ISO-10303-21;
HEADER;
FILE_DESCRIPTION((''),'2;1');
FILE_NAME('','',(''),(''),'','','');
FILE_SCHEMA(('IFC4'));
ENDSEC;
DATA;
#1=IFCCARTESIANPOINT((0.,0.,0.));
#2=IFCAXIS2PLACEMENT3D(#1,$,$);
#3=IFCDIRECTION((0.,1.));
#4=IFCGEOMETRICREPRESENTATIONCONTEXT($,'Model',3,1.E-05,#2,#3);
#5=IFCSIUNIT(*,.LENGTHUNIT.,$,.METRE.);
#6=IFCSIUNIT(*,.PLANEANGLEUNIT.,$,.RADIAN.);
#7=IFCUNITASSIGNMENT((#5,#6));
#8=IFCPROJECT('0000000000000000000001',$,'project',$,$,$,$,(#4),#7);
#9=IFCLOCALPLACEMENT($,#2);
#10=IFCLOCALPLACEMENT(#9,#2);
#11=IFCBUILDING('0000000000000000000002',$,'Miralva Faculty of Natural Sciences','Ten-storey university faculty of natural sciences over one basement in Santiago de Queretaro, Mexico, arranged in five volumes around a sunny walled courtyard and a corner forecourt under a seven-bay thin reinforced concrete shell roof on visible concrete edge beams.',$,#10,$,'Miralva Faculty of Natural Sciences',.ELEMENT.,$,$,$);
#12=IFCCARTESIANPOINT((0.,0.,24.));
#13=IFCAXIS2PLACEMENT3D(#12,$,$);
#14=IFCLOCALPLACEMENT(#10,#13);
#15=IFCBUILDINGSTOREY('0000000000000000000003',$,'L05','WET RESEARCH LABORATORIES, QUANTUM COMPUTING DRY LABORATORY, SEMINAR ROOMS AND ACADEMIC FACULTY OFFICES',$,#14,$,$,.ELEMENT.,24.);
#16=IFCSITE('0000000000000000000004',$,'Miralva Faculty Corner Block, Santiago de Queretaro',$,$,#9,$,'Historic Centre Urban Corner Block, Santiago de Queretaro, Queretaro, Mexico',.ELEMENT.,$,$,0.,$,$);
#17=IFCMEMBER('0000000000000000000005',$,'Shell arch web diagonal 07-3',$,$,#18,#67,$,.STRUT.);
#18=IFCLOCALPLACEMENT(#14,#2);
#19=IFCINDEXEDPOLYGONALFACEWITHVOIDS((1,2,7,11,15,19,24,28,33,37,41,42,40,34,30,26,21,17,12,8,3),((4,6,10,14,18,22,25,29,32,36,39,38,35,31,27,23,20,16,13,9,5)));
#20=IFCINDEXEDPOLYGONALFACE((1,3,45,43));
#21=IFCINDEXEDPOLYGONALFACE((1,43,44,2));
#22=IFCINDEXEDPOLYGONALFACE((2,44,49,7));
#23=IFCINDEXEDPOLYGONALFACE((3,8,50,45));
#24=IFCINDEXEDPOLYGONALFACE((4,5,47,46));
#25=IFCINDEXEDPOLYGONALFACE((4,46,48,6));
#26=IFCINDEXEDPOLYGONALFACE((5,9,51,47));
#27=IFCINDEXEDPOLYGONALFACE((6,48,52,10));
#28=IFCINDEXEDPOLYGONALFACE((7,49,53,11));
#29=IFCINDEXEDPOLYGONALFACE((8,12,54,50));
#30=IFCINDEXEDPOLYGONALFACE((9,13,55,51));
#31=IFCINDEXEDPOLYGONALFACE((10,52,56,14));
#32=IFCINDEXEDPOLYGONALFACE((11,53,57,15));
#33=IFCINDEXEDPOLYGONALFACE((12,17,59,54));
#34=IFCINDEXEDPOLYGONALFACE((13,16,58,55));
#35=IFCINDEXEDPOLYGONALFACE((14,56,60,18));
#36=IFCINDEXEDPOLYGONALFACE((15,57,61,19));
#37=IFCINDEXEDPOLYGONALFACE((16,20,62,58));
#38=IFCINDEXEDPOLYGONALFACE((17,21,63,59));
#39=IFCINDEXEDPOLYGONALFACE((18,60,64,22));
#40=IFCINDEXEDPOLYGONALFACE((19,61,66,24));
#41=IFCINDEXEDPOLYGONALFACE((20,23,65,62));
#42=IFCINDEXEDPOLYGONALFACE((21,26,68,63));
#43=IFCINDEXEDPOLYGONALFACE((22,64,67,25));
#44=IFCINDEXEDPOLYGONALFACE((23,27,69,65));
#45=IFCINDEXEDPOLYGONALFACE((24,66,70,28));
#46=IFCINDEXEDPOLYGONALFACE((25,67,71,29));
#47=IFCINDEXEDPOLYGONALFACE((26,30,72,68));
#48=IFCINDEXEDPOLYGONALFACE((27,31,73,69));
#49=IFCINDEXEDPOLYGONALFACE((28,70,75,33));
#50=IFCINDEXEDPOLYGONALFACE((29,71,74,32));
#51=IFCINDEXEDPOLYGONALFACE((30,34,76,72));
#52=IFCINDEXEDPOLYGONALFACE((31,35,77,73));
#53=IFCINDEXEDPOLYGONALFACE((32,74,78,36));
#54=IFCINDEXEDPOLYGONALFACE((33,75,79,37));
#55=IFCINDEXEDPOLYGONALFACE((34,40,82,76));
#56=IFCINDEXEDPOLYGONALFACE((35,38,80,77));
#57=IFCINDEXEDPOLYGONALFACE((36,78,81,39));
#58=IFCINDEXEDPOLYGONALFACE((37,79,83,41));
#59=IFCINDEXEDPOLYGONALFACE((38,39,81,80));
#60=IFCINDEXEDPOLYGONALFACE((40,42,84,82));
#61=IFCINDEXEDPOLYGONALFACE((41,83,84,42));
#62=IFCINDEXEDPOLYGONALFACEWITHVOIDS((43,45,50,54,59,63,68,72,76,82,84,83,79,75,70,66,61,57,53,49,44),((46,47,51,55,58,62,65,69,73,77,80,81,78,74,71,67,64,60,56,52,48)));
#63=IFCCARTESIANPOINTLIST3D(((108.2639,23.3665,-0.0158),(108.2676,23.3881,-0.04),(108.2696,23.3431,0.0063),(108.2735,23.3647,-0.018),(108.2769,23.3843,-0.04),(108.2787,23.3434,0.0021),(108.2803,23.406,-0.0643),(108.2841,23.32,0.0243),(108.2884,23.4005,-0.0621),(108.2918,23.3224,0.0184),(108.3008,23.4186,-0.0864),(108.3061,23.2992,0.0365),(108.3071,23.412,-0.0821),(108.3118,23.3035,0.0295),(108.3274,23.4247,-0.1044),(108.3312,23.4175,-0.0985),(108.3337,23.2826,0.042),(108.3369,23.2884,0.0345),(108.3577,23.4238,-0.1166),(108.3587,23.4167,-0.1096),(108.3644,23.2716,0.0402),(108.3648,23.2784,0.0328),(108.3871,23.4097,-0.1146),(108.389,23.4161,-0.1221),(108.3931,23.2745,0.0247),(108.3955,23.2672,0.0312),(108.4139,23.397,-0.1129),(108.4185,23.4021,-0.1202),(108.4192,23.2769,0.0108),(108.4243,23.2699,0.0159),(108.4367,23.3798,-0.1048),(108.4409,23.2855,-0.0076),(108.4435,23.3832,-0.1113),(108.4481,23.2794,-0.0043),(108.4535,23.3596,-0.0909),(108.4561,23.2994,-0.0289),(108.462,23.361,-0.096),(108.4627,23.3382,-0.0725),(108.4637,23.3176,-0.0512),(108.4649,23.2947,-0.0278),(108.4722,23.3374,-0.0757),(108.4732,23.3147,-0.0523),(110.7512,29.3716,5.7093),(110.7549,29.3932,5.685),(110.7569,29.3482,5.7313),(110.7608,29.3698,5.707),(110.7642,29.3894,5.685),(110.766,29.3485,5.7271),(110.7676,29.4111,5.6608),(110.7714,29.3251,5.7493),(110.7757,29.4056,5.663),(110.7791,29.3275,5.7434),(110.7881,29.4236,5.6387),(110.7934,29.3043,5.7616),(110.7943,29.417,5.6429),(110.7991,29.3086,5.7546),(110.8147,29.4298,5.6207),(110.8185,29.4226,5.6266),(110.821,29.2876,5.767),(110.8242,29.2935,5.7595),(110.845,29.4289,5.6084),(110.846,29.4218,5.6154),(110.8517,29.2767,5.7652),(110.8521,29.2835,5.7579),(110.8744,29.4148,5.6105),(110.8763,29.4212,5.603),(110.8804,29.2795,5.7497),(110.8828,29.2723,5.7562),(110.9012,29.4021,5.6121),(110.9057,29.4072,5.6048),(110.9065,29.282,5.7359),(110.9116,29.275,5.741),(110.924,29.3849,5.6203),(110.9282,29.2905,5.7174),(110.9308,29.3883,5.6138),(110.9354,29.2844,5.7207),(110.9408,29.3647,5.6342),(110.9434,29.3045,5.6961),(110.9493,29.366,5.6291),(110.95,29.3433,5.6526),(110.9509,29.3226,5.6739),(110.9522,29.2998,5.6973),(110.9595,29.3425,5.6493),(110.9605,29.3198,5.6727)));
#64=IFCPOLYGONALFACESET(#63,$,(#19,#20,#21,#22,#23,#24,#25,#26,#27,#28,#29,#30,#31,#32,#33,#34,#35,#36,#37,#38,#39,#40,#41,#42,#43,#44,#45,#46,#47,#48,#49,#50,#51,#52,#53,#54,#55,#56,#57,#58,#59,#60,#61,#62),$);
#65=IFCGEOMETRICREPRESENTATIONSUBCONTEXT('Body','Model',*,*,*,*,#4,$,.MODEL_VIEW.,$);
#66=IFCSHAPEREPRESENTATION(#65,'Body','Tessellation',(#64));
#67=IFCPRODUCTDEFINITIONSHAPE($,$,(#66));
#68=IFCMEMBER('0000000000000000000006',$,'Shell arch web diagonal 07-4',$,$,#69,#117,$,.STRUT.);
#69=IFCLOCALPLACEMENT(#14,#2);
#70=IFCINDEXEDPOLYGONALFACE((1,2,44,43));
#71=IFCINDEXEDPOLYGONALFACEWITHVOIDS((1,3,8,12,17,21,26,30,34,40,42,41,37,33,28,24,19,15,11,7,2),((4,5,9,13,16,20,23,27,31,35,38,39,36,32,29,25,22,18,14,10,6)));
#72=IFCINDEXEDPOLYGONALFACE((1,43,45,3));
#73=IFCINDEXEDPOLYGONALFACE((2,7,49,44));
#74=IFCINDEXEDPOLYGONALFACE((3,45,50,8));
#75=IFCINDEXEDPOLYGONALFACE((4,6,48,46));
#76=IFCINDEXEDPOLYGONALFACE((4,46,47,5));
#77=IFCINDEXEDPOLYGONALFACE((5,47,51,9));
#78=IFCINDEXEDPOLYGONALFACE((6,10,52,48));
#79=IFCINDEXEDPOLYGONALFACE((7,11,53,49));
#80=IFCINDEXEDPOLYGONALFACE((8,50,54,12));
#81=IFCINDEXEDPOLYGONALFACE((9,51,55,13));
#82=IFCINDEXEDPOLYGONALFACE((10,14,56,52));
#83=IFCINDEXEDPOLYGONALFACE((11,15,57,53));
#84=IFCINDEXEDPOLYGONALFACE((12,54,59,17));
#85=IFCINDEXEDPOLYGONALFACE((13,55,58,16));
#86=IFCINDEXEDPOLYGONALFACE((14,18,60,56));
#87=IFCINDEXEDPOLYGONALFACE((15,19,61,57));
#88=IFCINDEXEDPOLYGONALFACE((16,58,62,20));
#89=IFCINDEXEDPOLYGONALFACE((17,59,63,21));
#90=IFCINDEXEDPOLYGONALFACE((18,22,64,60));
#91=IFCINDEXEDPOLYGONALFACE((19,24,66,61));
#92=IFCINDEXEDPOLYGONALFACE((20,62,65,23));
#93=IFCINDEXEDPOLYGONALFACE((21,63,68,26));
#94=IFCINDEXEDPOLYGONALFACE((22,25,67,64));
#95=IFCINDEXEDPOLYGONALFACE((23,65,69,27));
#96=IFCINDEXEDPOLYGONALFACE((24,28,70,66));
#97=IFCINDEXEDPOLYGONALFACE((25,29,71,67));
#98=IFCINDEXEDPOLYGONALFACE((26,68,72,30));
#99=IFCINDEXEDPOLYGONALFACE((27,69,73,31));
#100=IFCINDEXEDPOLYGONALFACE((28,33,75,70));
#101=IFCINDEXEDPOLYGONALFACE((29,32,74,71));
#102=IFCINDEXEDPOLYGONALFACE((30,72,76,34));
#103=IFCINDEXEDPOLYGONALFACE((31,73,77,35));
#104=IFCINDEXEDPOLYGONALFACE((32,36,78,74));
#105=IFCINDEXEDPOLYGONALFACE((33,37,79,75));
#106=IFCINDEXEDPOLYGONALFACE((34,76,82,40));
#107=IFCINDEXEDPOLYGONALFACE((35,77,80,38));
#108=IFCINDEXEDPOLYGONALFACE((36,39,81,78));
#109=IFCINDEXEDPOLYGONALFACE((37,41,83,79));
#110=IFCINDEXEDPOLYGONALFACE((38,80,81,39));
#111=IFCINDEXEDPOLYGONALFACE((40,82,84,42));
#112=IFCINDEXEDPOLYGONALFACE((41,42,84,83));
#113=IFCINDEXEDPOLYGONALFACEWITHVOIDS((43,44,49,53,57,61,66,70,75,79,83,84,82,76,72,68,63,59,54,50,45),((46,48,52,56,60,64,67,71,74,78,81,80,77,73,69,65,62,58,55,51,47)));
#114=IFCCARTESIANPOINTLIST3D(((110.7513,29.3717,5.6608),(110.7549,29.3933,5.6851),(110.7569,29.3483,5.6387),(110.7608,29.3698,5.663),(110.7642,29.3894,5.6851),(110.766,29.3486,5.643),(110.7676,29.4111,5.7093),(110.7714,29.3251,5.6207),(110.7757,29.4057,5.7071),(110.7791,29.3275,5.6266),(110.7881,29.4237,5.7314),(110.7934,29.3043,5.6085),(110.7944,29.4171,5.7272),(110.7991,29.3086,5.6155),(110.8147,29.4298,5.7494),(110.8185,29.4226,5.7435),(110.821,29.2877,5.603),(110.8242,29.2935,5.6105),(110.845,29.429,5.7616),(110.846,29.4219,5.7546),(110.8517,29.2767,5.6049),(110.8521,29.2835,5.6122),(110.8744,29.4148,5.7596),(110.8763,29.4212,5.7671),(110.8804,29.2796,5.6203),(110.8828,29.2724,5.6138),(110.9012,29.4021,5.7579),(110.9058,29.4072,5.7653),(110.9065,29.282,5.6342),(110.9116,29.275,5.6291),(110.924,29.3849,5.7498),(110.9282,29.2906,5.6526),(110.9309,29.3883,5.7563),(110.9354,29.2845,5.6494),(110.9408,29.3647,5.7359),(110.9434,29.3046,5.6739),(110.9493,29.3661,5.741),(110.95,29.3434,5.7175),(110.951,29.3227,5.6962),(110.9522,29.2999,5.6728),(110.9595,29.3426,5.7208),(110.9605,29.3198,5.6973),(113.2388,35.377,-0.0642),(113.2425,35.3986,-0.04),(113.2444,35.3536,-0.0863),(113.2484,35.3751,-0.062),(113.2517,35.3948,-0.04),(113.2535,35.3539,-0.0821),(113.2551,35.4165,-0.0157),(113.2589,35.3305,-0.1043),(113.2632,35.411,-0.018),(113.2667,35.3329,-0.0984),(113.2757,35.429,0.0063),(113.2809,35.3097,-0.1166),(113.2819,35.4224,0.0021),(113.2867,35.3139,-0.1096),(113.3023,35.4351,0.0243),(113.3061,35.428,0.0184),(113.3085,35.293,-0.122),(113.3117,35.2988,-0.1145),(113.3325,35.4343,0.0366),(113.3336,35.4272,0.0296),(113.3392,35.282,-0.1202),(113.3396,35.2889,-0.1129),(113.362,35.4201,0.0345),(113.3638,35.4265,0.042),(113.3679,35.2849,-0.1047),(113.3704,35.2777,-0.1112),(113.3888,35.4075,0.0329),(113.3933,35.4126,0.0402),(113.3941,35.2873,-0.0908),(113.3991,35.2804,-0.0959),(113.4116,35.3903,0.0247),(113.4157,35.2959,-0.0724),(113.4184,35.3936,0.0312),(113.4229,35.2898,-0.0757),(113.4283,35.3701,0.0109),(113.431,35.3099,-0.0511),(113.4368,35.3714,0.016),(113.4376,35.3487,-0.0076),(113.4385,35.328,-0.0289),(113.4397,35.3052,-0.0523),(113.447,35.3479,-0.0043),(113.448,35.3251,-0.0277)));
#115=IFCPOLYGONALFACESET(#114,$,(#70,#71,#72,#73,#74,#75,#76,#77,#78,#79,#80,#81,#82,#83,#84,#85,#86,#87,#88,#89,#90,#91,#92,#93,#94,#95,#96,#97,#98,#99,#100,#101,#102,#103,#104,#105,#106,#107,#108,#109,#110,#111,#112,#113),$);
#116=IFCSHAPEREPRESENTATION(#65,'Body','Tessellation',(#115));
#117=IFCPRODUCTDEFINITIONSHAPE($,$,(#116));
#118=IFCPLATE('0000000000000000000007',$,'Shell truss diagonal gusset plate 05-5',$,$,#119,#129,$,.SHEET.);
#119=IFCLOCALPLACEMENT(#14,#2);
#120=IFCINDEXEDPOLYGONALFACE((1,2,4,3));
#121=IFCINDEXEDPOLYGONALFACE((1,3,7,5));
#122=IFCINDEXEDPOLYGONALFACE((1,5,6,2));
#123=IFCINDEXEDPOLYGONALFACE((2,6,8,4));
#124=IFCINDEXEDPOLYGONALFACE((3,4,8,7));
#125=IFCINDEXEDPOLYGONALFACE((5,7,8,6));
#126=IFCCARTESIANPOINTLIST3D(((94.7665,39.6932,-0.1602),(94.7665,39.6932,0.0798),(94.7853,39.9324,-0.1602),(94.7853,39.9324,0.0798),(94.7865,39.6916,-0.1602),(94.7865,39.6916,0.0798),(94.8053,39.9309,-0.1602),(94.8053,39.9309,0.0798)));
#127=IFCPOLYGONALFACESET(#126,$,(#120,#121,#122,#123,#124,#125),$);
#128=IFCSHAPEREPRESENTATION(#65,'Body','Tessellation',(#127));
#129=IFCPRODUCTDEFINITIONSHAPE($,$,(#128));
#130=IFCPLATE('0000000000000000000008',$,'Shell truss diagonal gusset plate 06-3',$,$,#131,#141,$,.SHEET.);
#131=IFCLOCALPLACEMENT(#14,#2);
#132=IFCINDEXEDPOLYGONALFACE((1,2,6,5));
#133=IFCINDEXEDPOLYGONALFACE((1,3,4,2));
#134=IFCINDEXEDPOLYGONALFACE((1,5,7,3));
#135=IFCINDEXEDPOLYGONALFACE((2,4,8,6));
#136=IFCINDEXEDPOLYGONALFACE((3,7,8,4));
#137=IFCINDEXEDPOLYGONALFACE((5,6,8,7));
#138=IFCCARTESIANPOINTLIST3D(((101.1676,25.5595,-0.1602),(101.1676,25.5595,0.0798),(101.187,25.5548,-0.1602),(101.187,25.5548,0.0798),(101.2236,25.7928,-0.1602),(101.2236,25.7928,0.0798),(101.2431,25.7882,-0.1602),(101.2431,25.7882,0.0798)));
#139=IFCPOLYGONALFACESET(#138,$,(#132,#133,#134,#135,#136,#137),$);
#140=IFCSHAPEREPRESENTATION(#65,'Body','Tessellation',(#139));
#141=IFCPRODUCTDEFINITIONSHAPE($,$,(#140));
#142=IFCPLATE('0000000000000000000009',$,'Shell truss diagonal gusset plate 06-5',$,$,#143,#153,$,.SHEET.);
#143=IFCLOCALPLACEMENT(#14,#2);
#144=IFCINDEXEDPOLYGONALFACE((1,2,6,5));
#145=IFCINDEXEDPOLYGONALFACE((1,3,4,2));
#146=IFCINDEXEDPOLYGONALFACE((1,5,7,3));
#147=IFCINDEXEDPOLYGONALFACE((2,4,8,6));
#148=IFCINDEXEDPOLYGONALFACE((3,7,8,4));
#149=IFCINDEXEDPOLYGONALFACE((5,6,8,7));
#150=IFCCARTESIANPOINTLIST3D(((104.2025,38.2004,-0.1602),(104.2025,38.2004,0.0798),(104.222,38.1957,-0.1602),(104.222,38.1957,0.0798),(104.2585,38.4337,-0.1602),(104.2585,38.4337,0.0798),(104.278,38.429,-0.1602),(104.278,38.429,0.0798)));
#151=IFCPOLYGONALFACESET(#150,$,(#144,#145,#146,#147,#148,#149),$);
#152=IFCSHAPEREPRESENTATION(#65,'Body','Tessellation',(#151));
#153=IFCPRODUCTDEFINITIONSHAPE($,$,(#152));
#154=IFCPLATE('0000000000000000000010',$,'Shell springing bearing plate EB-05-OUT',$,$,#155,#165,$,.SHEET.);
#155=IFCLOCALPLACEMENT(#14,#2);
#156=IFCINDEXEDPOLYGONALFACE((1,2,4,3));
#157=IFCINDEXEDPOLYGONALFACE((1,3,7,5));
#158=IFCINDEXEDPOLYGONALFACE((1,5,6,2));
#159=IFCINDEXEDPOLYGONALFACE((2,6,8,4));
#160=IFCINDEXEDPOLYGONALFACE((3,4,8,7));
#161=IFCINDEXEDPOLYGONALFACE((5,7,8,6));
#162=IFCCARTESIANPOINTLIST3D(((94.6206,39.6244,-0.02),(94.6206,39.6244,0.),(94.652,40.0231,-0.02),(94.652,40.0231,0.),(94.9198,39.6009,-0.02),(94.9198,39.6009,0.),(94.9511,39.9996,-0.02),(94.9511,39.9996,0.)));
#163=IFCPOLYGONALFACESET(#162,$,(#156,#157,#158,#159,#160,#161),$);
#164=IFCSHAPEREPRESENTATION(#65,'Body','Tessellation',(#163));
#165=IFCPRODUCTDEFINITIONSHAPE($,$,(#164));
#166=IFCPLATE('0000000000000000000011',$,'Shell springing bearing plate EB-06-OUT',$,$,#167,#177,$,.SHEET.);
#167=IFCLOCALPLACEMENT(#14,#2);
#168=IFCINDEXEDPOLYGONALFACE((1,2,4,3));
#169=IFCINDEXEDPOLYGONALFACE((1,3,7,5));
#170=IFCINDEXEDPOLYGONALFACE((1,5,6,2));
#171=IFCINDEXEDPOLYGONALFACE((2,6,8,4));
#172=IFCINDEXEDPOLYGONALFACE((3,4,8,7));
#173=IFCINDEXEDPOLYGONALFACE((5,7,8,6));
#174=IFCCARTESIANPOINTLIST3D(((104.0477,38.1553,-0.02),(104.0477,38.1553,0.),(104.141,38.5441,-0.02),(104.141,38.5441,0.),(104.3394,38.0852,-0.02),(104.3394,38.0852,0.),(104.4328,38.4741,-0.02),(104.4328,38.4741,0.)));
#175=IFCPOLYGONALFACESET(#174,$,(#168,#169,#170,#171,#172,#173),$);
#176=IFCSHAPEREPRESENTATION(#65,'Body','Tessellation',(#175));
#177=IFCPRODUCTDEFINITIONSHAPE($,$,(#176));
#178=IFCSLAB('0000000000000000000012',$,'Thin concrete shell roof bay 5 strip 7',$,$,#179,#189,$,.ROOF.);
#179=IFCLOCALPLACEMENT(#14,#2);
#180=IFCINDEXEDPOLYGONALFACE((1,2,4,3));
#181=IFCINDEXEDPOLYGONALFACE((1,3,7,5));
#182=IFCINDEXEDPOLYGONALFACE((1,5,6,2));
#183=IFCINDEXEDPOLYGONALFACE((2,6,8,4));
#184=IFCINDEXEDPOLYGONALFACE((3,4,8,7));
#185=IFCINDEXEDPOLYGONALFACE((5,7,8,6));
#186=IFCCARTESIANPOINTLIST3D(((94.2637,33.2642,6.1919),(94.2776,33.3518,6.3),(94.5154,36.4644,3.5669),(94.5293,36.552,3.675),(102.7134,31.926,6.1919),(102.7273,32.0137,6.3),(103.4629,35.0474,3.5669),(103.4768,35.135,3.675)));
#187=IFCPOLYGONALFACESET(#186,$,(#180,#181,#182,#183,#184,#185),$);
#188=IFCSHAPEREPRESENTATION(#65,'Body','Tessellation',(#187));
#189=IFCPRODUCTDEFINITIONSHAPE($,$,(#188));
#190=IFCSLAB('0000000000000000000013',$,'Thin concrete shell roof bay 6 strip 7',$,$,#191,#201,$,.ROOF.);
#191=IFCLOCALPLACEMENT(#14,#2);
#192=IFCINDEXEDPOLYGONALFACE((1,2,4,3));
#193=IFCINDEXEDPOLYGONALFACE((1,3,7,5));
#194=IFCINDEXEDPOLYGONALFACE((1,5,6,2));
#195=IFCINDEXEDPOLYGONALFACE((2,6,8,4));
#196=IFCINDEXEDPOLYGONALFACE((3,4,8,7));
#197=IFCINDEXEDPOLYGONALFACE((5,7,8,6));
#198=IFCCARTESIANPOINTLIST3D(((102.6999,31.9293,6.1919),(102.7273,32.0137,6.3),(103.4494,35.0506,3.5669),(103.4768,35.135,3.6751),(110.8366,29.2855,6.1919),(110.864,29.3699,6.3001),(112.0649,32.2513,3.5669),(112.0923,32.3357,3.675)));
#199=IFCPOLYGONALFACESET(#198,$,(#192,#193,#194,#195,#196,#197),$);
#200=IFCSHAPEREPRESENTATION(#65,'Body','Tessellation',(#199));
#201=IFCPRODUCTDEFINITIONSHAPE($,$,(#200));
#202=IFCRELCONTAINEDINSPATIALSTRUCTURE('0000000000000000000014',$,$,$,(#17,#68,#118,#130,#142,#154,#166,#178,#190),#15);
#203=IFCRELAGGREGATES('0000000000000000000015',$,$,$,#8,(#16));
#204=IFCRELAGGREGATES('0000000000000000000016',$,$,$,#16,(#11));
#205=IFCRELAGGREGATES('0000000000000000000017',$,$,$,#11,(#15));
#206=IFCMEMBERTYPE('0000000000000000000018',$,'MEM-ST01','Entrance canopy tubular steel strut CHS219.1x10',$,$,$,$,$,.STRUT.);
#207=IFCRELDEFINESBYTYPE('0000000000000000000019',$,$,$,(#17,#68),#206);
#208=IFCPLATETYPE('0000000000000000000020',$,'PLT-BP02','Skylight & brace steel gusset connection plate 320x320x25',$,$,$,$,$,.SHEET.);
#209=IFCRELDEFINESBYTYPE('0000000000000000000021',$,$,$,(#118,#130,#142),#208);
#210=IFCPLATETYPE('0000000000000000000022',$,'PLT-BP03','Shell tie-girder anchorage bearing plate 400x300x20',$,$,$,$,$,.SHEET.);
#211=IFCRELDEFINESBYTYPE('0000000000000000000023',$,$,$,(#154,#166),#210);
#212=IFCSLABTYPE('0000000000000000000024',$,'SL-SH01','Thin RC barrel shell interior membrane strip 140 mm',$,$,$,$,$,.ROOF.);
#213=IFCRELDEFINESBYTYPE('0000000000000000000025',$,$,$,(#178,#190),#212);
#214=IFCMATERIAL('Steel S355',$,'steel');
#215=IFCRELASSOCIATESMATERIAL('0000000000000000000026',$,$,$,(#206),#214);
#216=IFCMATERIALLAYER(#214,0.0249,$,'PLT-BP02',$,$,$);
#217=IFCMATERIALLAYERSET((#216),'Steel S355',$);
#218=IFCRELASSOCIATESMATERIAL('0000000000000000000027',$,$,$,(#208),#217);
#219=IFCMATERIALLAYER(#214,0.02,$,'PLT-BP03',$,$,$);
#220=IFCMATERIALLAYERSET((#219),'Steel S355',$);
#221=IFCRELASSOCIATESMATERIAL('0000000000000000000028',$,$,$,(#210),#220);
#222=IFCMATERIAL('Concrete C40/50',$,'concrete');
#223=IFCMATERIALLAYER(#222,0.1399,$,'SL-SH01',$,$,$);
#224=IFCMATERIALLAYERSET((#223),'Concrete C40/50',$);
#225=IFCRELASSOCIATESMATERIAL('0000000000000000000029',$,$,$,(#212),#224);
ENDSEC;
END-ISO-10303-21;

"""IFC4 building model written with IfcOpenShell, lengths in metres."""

from ifc_helpers import new_model, si_unit, direction, frame, origin, origin_2d, place, context, subcontext, project, spatial, polyline, rectangle, hollow_circle, outline, extrude, material, layer, layer_set, material_profile, profile_set, type_object, element, save


model = new_model("IFC4")

# Units and contexts
model_context = context("Model", 3, precision=1e-05, world=origin(), true_north=direction((0.0, 1.0)))
body_context = subcontext(model_context, "Body", "Model", "MODEL_VIEW")
ifc_project = project(units=[si_unit("LENGTHUNIT", "METRE"), si_unit("PLANEANGLEUNIT", "RADIAN")], contexts=[model_context])

# Site, building, storey
site_placement = place(None, origin())
site = spatial("IfcSite", under=ifc_project, at=site_placement, Name="Miralva Faculty Corner Block, Santiago de Queretaro", LongName="Historic Centre Urban Corner Block, Santiago de Queretaro, Queretaro, Mexico", CompositionType="ELEMENT", RefElevation=0.0)
building_placement = place(site_placement, origin())
building = spatial("IfcBuilding", under=site, at=building_placement, Name="Miralva Faculty of Natural Sciences", Description="Ten-storey university faculty of natural sciences over one basement in Santiago de Queretaro, Mexico, arranged in five volumes around a sunny walled courtyard and a corner forecourt under a seven-bay thin reinforced concrete shell roof on visible concrete edge beams.", LongName="Miralva Faculty of Natural Sciences", CompositionType="ELEMENT")
storey_placement = place(building_placement, frame((0.0, 0.0, 24.0)))
storey = spatial("IfcBuildingStorey", under=building, at=storey_placement, Name="L05", Description="WET RESEARCH LABORATORIES, QUANTUM COMPUTING DRY LABORATORY, SEMINAR ROOMS AND ACADEMIC FACULTY OFFICES", CompositionType="ELEMENT", Elevation=24.0)

# Shared definitions
ifc_material_1 = material(Name="Concrete C40/50", Category="concrete")
ifc_material_2 = material(Name="Steel S355", Category="steel")

# Members
ifc_material_profile_1 = material_profile(ifc_material_2, hollow_circle(Radius=0.1096, WallThickness=0.01, at=origin_2d()), Name="CHS 219.1x10")
ifc_profile_set_1 = profile_set([ifc_material_profile_1], Name="Steel S355")
member_type_1 = type_object("IfcMemberType", Name="MEM-ST01", Description="Entrance canopy tubular steel strut CHS219.1x10", PredefinedType="STRUT", material=ifc_profile_set_1)
member_1_placement = place(storey_placement, frame((108.3689, 23.3462, -0.04), z_axis=(0.287161, 0.693297, 0.660967), x_axis=(-0.923885, 0.38267, 0.0)))
element("IfcMember", 1, at=member_1_placement, inside=storey, type_object=member_type_1, Name="Shell arch web diagonal 07-3", PredefinedType="STRUT", context=body_context, shape_type="SweptSolid", body=[
    extrude(hollow_circle(Radius=0.1096, WallThickness=0.01, at=origin_2d()), origin(), (0.0, 0.0, 1.0), 8.6616),
])
member_2_placement = place(storey_placement, frame((110.8562, 29.3513, 5.6851), z_axis=(0.287182, 0.693306, -0.660949), x_axis=(-0.923877, 0.382689, 0.0)))
element("IfcMember", 2, at=member_2_placement, inside=storey, type_object=member_type_1, Name="Shell arch web diagonal 07-4", PredefinedType="STRUT", context=body_context, shape_type="SweptSolid", body=[
    extrude(hollow_circle(Radius=0.1096, WallThickness=0.01, at=origin_2d()), origin(), (0.0, 0.0, 1.0), 8.6619),
])

# Plates
ifc_layer_1 = layer(ifc_material_2, 0.0249, Name="PLT-BP02")
ifc_layer_set_1 = layer_set([ifc_layer_1], Name="Steel S355")
plate_type_1 = type_object("IfcPlateType", Name="PLT-BP02", Description="Skylight & brace steel gusset connection plate 320x320x25", PredefinedType="SHEET", material=ifc_layer_set_1)
for number, where, z_axis, x_axis, name in (
    (3, (94.7859, 39.812, -0.1602), (0.0, 0.0, 1.0), (0.078459, 0.996917, 0.0), "Shell truss diagonal gusset plate 05-5"),
    (4, (101.2053, 25.6738, -0.1602), (0.0, 0.0, 1.0), (0.233445, 0.97237, 0.0), "Shell truss diagonal gusset plate 06-3"),
    (5, (104.2402, 38.3147, -0.1602), (0.0, 0.0, 1.0), (0.233445, 0.97237, 0.0), "Shell truss diagonal gusset plate 06-5"),
):
    element("IfcPlate", number, at=place(storey_placement, frame(where, z_axis=z_axis, x_axis=x_axis)), inside=storey, type_object=plate_type_1, Name=name, PredefinedType="SHEET", context=body_context, shape_type="SweptSolid", body=[
        extrude(rectangle(XDim=0.24, YDim=0.02, at=origin_2d()), origin(), (0.0, 0.0, 1.0), 0.24),
    ])
ifc_layer_2 = layer(ifc_material_2, 0.02, Name="PLT-BP03")
ifc_layer_set_2 = layer_set([ifc_layer_2], Name="Steel S355")
plate_type_2 = type_object("IfcPlateType", Name="PLT-BP03", Description="Shell tie-girder anchorage bearing plate 400x300x20", PredefinedType="SHEET", material=ifc_layer_set_2)
for number, where, z_axis, x_axis, name in (
    (6, (94.7859, 39.812, -0.02), (0.0, 0.0, 1.0), (0.078459, 0.996917, 0.0), "Shell springing bearing plate EB-05-OUT"),
    (7, (104.2402, 38.3147, -0.02), (0.0, 0.0, 1.0), (0.233445, 0.97237, 0.0), "Shell springing bearing plate EB-06-OUT"),
):
    element("IfcPlate", number, at=place(storey_placement, frame(where, z_axis=z_axis, x_axis=x_axis)), inside=storey, type_object=plate_type_2, Name=name, PredefinedType="SHEET", context=body_context, shape_type="SweptSolid", body=[
        extrude(rectangle(XDim=0.3999, YDim=0.3, at=origin_2d()), origin(), (0.0, 0.0, 1.0), 0.02),
    ])

# Slabs
ifc_layer_3 = layer(ifc_material_1, 0.1399, Name="SL-SH01")
ifc_layer_set_3 = layer_set([ifc_layer_3], Name="Concrete C40/50")
slab_type_1 = type_object("IfcSlabType", Name="SL-SH01", Description="Thin RC barrel shell interior membrane strip 140 mm", PredefinedType="ROOF", material=ifc_layer_set_3)
slab_1_placement = place(storey_placement, frame((94.2776, 33.3518, 6.3), z_axis=(0.0992, 0.626398, 0.773165), x_axis=(0.987691, -0.156416, -0.000001)))
element("IfcSlab", 8, at=slab_1_placement, inside=storey, type_object=slab_type_1, Name="Thin concrete shell roof bay 5 strip 7", PredefinedType="ROOF", context=body_context, shape_type="SweptSolid", body=[
    extrude(outline(polyline([(0.0, 0.0), (8.555, 0.0), (8.8071, 4.139), (-0.2519, 4.1391), (0.0, 0.0)])), origin(), (0.0, 0.0, -1.0), 0.1399),
])
slab_2_placement = place(storey_placement, frame((102.7273, 32.0137, 6.3), z_axis=(0.195979, 0.60316, 0.773169), x_axis=(0.951056, -0.309018, 0.000001)))
element("IfcSlab", 9, at=slab_2_placement, inside=storey, type_object=slab_type_1, Name="Thin concrete shell roof bay 6 strip 7", PredefinedType="ROOF", context=body_context, shape_type="SweptSolid", body=[
    extrude(outline(polyline([(0.0, 0.0), (8.5555, 0.0), (8.8071, 4.1391), (-0.2517, 4.1391), (0.0, 0.0)])), origin(), (0.0, 0.0, -1.0), 0.1399),
])

save(model, "model.ifc")
